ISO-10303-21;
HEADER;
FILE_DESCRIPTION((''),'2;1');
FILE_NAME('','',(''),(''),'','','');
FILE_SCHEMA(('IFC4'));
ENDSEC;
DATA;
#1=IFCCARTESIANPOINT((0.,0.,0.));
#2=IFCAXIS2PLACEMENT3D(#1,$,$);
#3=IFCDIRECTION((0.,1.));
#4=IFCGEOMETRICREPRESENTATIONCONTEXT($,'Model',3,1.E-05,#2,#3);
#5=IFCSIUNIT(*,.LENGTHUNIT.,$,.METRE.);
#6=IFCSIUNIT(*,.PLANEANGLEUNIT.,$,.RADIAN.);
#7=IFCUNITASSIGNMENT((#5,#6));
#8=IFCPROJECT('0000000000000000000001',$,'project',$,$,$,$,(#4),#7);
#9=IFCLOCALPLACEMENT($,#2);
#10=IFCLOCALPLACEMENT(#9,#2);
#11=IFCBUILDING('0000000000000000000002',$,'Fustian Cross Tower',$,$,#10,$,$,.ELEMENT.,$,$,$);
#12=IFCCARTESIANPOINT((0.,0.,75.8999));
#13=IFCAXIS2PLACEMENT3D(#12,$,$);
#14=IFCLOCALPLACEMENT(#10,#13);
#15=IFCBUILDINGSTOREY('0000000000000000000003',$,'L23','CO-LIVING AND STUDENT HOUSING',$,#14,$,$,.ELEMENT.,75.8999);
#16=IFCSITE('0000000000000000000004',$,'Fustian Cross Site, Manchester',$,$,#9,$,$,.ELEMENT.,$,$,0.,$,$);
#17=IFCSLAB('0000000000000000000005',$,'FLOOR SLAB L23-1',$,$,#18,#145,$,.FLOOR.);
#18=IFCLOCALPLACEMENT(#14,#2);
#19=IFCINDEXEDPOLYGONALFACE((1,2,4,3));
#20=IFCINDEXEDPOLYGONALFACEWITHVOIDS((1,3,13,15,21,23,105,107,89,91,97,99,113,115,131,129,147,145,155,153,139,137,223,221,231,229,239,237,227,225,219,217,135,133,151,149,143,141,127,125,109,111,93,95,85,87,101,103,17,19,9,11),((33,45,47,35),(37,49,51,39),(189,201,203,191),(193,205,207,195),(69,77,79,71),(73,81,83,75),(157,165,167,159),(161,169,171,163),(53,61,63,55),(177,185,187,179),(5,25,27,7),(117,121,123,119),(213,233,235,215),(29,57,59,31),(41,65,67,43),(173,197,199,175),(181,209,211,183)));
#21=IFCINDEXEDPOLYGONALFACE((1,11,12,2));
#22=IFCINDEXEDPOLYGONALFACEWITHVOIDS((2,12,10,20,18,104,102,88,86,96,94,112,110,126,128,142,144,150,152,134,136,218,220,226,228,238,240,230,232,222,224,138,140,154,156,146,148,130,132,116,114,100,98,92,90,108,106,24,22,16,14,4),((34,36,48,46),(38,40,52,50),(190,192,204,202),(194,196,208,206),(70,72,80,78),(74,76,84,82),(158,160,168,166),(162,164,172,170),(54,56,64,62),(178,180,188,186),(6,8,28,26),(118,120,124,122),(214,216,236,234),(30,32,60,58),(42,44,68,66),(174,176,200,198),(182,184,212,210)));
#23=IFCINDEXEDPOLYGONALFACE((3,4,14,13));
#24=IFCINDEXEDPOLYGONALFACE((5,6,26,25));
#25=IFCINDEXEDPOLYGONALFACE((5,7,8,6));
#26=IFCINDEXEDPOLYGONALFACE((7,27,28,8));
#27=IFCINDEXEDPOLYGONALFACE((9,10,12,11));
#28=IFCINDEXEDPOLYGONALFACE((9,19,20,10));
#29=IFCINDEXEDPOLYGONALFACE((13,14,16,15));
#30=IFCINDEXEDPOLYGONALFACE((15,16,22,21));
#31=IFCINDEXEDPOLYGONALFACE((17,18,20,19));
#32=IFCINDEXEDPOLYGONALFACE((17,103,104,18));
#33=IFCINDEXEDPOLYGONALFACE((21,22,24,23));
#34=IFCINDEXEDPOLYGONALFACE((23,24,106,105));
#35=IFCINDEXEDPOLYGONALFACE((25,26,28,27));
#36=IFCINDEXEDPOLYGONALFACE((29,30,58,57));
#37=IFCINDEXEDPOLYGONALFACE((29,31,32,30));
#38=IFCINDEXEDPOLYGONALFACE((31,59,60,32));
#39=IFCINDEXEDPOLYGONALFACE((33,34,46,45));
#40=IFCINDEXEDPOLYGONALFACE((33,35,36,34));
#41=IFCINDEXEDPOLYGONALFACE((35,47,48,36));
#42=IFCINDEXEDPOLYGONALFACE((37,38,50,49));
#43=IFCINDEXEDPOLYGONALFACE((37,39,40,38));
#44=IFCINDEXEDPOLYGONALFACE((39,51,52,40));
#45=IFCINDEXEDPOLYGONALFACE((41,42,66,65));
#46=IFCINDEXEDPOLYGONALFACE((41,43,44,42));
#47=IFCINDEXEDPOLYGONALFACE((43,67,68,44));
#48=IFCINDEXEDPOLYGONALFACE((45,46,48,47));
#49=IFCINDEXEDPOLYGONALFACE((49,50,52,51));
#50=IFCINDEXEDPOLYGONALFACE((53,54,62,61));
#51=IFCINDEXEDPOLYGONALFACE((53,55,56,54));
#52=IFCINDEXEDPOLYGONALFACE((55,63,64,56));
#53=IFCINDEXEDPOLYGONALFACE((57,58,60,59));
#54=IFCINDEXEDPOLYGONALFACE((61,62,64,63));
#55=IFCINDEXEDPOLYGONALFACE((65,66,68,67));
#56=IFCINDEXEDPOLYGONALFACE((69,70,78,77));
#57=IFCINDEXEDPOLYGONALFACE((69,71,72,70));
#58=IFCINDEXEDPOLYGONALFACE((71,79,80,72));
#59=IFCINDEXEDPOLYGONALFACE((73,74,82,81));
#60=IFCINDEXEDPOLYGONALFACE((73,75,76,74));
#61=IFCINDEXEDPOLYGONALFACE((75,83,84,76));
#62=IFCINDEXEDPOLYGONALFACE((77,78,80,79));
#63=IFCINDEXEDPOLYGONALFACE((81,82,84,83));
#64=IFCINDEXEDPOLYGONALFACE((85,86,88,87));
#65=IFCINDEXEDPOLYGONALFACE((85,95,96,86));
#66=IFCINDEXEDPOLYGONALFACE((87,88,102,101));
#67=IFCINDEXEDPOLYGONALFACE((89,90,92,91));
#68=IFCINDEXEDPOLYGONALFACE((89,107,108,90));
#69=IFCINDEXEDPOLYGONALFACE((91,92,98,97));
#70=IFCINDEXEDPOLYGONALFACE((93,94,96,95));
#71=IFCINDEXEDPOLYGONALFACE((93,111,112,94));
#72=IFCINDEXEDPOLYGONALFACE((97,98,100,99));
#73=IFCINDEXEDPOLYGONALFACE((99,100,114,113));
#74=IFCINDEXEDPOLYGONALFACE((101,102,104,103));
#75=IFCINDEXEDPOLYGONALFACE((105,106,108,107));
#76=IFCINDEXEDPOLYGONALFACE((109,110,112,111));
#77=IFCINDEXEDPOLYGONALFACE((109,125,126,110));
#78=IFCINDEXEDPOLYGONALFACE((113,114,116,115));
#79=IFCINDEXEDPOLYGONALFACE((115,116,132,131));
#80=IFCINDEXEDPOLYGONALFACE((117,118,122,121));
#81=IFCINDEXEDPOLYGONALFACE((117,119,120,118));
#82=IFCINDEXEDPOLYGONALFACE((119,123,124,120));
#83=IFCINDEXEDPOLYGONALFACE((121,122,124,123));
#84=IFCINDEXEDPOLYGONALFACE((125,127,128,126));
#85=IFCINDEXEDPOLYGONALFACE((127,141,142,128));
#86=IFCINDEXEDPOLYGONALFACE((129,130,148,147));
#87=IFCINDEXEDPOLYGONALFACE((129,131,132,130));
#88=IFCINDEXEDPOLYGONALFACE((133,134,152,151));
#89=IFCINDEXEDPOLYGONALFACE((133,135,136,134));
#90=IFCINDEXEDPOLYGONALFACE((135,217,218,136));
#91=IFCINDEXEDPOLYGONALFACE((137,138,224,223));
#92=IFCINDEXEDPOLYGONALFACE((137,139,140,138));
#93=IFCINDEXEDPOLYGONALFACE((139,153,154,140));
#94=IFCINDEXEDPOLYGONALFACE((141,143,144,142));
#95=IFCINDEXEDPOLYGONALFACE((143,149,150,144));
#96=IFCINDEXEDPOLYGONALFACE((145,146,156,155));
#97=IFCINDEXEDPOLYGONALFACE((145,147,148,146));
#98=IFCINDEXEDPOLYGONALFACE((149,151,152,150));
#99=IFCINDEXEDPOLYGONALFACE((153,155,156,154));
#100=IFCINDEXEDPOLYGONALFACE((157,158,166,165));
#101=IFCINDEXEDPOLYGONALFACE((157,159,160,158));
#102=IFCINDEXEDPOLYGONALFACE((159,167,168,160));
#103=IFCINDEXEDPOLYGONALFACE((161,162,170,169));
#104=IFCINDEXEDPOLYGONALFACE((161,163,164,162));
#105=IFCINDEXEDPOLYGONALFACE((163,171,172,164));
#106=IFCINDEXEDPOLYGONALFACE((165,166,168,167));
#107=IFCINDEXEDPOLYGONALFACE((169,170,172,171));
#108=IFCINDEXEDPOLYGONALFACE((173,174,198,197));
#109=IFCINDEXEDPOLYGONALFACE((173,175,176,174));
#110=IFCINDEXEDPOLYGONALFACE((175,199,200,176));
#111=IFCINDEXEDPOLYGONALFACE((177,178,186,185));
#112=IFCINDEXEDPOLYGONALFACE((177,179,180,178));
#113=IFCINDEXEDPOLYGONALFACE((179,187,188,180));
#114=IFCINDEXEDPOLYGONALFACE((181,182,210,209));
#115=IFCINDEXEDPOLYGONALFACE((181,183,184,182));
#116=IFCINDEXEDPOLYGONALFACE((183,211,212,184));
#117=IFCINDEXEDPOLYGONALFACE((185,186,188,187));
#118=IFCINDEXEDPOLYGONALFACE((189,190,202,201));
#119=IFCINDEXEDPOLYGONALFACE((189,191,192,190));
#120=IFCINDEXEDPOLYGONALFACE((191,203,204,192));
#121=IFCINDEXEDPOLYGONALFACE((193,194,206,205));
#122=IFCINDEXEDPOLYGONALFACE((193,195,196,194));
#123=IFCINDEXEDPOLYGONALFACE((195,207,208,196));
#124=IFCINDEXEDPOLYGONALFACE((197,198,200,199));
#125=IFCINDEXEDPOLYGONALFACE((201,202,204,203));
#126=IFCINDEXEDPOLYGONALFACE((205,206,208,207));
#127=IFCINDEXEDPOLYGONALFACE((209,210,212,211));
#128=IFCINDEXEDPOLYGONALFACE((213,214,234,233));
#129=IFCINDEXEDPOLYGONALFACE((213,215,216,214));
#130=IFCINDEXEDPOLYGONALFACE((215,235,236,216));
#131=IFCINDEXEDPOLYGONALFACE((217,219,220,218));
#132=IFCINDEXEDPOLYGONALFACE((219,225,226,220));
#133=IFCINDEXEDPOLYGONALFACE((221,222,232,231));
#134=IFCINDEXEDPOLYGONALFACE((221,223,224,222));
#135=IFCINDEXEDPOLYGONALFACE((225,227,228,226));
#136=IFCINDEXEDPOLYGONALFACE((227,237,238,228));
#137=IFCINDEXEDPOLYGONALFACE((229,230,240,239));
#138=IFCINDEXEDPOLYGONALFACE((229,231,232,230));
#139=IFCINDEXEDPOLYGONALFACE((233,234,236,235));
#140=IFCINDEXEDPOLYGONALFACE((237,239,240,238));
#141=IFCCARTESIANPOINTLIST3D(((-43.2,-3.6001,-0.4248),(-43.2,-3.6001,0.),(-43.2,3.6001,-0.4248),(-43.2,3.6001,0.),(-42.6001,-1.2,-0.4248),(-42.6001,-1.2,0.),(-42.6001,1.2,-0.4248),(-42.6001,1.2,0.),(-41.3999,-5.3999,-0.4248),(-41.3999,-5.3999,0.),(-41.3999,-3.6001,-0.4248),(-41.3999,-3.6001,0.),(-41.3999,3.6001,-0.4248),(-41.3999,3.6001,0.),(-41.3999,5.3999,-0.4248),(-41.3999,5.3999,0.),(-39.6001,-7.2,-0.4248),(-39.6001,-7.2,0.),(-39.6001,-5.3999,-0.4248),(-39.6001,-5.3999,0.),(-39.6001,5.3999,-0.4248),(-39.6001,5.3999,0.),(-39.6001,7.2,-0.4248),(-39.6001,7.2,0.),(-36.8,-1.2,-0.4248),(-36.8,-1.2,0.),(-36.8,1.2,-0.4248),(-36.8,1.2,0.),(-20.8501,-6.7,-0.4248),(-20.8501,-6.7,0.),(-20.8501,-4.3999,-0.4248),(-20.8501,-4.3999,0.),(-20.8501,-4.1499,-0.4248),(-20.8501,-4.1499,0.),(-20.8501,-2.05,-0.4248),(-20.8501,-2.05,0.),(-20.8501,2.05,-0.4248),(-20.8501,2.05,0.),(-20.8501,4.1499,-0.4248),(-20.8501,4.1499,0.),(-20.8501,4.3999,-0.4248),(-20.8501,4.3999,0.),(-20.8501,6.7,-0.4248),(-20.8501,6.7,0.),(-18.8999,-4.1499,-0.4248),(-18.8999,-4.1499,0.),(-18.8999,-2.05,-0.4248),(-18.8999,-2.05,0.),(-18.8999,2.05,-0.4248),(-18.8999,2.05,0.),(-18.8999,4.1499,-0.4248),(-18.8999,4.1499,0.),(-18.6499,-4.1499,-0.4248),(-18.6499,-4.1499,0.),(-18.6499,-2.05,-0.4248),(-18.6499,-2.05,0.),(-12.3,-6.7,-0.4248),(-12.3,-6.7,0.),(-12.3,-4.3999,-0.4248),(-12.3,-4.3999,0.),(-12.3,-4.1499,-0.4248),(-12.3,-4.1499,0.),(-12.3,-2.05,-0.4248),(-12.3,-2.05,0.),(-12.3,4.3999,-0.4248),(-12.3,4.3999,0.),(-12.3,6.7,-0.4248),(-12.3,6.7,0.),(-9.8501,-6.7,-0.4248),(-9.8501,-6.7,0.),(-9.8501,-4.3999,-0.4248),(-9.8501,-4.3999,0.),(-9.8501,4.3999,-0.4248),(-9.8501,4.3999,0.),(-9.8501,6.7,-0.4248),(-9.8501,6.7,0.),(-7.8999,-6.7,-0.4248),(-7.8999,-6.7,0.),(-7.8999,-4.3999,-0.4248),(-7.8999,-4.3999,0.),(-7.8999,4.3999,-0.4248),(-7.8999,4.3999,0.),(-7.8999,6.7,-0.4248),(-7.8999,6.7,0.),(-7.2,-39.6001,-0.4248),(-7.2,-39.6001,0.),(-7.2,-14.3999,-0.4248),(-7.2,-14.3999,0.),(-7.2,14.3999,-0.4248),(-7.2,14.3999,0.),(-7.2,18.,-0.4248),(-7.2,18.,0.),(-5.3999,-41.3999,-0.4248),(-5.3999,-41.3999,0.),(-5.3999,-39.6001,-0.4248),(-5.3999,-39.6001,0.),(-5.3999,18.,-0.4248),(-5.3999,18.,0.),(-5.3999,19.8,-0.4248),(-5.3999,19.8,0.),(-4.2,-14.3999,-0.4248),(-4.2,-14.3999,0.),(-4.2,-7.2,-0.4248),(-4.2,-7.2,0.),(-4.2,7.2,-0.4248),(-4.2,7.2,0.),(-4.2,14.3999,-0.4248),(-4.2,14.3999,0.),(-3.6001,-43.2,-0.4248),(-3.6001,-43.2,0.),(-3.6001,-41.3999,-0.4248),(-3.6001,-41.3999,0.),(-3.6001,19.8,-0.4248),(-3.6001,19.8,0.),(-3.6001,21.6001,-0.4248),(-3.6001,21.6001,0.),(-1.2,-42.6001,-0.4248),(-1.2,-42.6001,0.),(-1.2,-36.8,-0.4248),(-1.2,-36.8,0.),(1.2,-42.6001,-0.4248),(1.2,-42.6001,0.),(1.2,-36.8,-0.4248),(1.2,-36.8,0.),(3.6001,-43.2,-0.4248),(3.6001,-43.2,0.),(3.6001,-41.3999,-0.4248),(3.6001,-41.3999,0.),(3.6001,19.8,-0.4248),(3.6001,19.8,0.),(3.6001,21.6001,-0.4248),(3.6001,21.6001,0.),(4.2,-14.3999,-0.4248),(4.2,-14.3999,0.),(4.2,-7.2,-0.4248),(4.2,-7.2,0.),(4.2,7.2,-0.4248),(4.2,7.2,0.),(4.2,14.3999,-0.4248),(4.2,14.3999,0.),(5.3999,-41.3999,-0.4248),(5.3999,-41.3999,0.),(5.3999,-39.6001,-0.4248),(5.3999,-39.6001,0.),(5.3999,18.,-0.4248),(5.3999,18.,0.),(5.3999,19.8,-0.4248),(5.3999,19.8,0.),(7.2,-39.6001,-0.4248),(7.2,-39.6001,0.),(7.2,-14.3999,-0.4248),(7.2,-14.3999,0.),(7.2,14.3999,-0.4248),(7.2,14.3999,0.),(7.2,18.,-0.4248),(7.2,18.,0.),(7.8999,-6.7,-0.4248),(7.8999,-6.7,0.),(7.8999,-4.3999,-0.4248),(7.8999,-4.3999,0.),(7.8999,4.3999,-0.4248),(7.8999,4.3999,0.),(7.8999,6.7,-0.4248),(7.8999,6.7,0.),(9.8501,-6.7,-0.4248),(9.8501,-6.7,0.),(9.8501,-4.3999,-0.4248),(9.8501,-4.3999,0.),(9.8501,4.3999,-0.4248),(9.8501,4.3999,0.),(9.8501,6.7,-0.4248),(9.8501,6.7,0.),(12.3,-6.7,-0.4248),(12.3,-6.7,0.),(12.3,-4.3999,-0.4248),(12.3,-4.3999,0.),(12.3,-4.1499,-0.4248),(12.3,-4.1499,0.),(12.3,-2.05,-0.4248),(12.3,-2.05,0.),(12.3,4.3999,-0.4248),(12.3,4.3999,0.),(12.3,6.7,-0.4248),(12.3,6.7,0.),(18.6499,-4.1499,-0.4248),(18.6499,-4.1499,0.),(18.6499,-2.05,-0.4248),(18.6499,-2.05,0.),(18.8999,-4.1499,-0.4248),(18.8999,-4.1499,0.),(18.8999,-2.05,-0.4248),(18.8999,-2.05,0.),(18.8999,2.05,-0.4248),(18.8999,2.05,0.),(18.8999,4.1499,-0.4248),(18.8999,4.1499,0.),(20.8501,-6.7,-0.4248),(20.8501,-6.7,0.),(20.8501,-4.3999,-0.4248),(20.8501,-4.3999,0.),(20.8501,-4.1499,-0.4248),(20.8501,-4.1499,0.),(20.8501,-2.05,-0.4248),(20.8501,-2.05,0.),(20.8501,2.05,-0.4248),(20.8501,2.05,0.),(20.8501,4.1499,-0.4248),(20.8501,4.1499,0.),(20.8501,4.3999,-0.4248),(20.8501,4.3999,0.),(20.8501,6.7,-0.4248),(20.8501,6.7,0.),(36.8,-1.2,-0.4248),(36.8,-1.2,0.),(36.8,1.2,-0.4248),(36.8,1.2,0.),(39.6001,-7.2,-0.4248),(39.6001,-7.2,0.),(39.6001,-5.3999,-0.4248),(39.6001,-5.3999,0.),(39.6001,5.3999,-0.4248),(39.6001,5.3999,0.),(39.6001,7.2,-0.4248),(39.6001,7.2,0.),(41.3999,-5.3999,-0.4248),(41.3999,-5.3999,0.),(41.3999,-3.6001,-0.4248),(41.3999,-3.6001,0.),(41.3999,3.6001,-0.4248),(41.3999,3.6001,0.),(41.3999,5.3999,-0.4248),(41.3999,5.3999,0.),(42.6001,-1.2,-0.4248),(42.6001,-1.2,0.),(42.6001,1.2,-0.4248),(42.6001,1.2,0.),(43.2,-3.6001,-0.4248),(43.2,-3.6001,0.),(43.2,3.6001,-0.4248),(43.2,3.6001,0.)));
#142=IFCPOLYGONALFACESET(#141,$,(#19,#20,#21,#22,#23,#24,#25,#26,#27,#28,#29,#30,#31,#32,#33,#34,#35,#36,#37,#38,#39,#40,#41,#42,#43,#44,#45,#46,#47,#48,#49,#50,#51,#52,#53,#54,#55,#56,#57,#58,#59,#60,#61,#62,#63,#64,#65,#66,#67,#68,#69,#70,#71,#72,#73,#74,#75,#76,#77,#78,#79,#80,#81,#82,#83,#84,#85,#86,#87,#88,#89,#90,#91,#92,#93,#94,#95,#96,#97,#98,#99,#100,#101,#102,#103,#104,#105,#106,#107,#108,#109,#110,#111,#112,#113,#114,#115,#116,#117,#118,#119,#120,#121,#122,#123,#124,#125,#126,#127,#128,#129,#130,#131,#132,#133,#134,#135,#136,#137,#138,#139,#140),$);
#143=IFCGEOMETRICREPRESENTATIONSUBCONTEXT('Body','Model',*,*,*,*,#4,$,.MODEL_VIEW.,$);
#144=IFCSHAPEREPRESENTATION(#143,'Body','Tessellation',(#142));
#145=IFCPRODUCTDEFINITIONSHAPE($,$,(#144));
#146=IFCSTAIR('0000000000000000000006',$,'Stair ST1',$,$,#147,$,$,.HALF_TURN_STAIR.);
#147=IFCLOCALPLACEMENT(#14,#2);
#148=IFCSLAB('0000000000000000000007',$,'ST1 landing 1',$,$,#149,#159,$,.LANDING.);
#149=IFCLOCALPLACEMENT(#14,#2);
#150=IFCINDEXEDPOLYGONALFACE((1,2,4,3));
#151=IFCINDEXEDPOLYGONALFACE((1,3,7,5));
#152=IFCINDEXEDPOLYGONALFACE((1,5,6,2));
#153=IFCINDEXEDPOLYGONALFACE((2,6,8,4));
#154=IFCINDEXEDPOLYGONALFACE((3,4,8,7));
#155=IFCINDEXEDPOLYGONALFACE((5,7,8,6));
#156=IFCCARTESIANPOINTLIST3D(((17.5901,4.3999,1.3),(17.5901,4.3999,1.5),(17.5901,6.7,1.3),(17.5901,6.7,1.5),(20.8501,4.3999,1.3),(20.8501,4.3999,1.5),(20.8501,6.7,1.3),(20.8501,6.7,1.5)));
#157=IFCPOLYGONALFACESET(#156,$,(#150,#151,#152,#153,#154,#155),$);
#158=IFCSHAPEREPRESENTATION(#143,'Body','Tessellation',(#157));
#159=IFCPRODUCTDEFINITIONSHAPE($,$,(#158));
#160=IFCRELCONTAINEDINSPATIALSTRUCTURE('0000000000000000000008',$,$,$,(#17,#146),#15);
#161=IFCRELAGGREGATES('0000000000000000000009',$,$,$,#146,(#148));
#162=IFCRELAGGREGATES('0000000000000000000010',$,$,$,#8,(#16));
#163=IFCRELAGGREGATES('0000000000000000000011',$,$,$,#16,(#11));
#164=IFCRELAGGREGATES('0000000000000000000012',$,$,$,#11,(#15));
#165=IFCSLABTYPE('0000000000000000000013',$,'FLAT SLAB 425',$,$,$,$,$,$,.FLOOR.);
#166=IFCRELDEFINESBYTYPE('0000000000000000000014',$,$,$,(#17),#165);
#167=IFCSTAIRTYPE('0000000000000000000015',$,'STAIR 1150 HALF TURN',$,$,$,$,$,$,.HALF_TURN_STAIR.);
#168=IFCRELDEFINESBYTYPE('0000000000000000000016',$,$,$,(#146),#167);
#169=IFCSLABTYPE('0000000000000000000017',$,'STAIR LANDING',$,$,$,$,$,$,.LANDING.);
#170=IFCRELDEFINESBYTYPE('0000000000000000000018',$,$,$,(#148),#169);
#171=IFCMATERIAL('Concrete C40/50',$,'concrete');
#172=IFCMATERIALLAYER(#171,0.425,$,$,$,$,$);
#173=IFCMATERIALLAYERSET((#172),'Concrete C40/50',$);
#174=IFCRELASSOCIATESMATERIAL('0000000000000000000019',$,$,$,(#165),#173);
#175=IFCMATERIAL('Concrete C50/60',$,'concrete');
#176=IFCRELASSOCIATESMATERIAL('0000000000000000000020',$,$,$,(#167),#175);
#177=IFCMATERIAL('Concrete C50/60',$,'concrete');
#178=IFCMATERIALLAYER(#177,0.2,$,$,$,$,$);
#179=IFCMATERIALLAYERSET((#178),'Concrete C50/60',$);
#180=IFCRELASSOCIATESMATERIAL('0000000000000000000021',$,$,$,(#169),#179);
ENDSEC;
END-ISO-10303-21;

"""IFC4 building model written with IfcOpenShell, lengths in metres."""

from ifc_helpers import new_model, si_unit, direction, frame, origin, place, context, subcontext, project, spatial, polyline, outline, extrude, material, layer, layer_set, type_object, element, aggregate, save


model = new_model("IFC4")

# Units and contexts
model_context = context("Model", 3, precision=1e-05, world=origin(), true_north=direction((0.0, 1.0)))
body_context = subcontext(model_context, "Body", "Model", "MODEL_VIEW")
ifc_project = project(units=[si_unit("LENGTHUNIT", "METRE"), si_unit("PLANEANGLEUNIT", "RADIAN")], contexts=[model_context])

# Site, building, storey
site_placement = place(None, origin())
site = spatial("IfcSite", under=ifc_project, at=site_placement, Name="Fustian Cross Site, Manchester", CompositionType="ELEMENT", RefElevation=0.0)
building_placement = place(site_placement, origin())
building = spatial("IfcBuilding", under=site, at=building_placement, Name="Fustian Cross Tower", CompositionType="ELEMENT")
storey_placement = place(building_placement, frame((0.0, 0.0, 75.8999)))
storey = spatial("IfcBuildingStorey", under=building, at=storey_placement, Name="L23", Description="CO-LIVING AND STUDENT HOUSING", CompositionType="ELEMENT", Elevation=75.8999)

# Slab
ifc_material_1 = material(Name="Concrete C40/50", Category="concrete")
ifc_layer_1 = layer(ifc_material_1, 0.425)
ifc_layer_set_1 = layer_set([ifc_layer_1], Name="Concrete C40/50")
slab_type_1 = type_object("IfcSlabType", Name="FLAT SLAB 425", PredefinedType="FLOOR", material=ifc_layer_set_1)
slab_1_placement = place(storey_placement, frame((0.0, 0.0, -0.4248)))
element("IfcSlab", 1, at=slab_1_placement, inside=storey, type_object=slab_type_1, Name="FLOOR SLAB L23-1", PredefinedType="FLOOR", context=body_context, shape_type="SweptSolid", body=[
    extrude(outline(polyline([(-4.2, -7.2), (-39.6001, -7.2), (-39.6001, -5.3999), (-41.3999, -5.3999), (-41.3999, -3.6001), (-43.2, -3.6001), (-43.2, 3.6001), (-41.3999, 3.6001), (-41.3999, 5.3999), (-39.6001, 5.3999), (-39.6001, 7.2), (-4.2, 7.2), (-4.2, 14.3999), (-7.2, 14.3999), (-7.2, 18.0), (-5.3999, 18.0), (-5.3999, 19.8), (-3.6001, 19.8), (-3.6001, 21.6001), (3.6001, 21.6001), (3.6001, 19.8), (5.3999, 19.8), (5.3999, 18.0), (7.2, 18.0), (7.2, 14.3999), (4.2, 14.3999), (4.2, 7.2), (39.6001, 7.2), (39.6001, 5.3999), (41.3999, 5.3999), (41.3999, 3.6001), (43.2, 3.6001), (43.2, -3.6001), (41.3999, -3.6001), (41.3999, -5.3999), (39.6001, -5.3999), (39.6001, -7.2), (4.2, -7.2), (4.2, -14.3999), (7.2, -14.3999), (7.2, -39.6001), (5.3999, -39.6001), (5.3999, -41.3999), (3.6001, -41.3999), (3.6001, -43.2), (-3.6001, -43.2), (-3.6001, -41.3999), (-5.3999, -41.3999), (-5.3999, -39.6001), (-7.2, -39.6001), (-7.2, -14.3999), (-4.2, -14.3999), (-4.2, -7.2)]), holes=[polyline([(20.8501, -2.05), (18.8999, -2.05), (18.8999, -4.1499), (20.8501, -4.1499), (20.8501, -2.05)]), polyline([(20.8501, 2.05), (20.8501, 4.1499), (18.8999, 4.1499), (18.8999, 2.05), (20.8501, 2.05)]), polyline([(7.8999, 4.3999), (9.8501, 4.3999), (9.8501, 6.7), (7.8999, 6.7), (7.8999, 4.3999)]), polyline([(7.8999, -4.3999), (7.8999, -6.7), (9.8501, -6.7), (9.8501, -4.3999), (7.8999, -4.3999)]), polyline([(-18.8999, -2.05), (-20.8501, -2.05), (-20.8501, -4.1499), (-18.8999, -4.1499), (-18.8999, -2.05)]), polyline([(-18.8999, 2.05), (-18.8999, 4.1499), (-20.8501, 4.1499), (-20.8501, 2.05), (-18.8999, 2.05)]), polyline([(-9.8501, 4.3999), (-7.8999, 4.3999), (-7.8999, 6.7), (-9.8501, 6.7), (-9.8501, 4.3999)]), polyline([(-9.8501, -4.3999), (-9.8501, -6.7), (-7.8999, -6.7), (-7.8999, -4.3999), (-9.8501, -4.3999)]), polyline([(18.6499, -2.05), (12.3, -2.05), (12.3, -4.1499), (18.6499, -4.1499), (18.6499, -2.05)]), polyline([(-12.3, -4.1499), (-12.3, -2.05), (-18.6499, -2.05), (-18.6499, -4.1499), (-12.3, -4.1499)]), polyline([(12.3, 4.3999), (20.8501, 4.3999), (20.8501, 6.7), (12.3, 6.7), (12.3, 4.3999)]), polyline([(12.3, -4.3999), (12.3, -6.7), (20.8501, -6.7), (20.8501, -4.3999), (12.3, -4.3999)]), polyline([(-12.3, 6.7), (-20.8501, 6.7), (-20.8501, 4.3999), (-12.3, 4.3999), (-12.3, 6.7)]), polyline([(-12.3, -6.7), (-12.3, -4.3999), (-20.8501, -4.3999), (-20.8501, -6.7), (-12.3, -6.7)]), polyline([(-1.2, -42.6001), (1.2, -42.6001), (1.2, -36.8), (-1.2, -36.8), (-1.2, -42.6001)]), polyline([(36.8, 1.2), (36.8, -1.2), (42.6001, -1.2), (42.6001, 1.2), (36.8, 1.2)]), polyline([(-36.8, 1.2), (-42.6001, 1.2), (-42.6001, -1.2), (-36.8, -1.2), (-36.8, 1.2)])]), origin(), (0.0, 0.0, 1.0), 0.4248),
])

# Stair, slab
ifc_material_2 = material(Name="Concrete C50/60", Category="concrete")
stair_type = type_object("IfcStairType", Name="STAIR 1150 HALF TURN", PredefinedType="HALF_TURN_STAIR", material=ifc_material_2)
stair_placement = place(storey_placement, origin())
stair = element("IfcStair", 2, at=stair_placement, inside=storey, type_object=stair_type, Name="Stair ST1", PredefinedType="HALF_TURN_STAIR")
ifc_material_3 = material(Name="Concrete C50/60", Category="concrete")
ifc_layer_2 = layer(ifc_material_3, 0.2)
ifc_layer_set_2 = layer_set([ifc_layer_2], Name="Concrete C50/60")
slab_type_2 = type_object("IfcSlabType", Name="STAIR LANDING", PredefinedType="LANDING", material=ifc_layer_set_2)
slab_2_placement = place(storey_placement, frame((0.0, 0.0, 1.3)))
slab_2 = element("IfcSlab", 3, at=slab_2_placement, type_object=slab_type_2, Name="ST1 landing 1", PredefinedType="LANDING", context=body_context, shape_type="SweptSolid", body=[
    extrude(outline(polyline([(17.5901, 4.3999), (20.8501, 4.3999), (20.8501, 6.7), (17.5901, 6.7), (17.5901, 4.3999)])), origin(), (0.0, 0.0, 1.0), 0.2),
])
aggregate(stair, [slab_2])

save(model, "model.ifc")
